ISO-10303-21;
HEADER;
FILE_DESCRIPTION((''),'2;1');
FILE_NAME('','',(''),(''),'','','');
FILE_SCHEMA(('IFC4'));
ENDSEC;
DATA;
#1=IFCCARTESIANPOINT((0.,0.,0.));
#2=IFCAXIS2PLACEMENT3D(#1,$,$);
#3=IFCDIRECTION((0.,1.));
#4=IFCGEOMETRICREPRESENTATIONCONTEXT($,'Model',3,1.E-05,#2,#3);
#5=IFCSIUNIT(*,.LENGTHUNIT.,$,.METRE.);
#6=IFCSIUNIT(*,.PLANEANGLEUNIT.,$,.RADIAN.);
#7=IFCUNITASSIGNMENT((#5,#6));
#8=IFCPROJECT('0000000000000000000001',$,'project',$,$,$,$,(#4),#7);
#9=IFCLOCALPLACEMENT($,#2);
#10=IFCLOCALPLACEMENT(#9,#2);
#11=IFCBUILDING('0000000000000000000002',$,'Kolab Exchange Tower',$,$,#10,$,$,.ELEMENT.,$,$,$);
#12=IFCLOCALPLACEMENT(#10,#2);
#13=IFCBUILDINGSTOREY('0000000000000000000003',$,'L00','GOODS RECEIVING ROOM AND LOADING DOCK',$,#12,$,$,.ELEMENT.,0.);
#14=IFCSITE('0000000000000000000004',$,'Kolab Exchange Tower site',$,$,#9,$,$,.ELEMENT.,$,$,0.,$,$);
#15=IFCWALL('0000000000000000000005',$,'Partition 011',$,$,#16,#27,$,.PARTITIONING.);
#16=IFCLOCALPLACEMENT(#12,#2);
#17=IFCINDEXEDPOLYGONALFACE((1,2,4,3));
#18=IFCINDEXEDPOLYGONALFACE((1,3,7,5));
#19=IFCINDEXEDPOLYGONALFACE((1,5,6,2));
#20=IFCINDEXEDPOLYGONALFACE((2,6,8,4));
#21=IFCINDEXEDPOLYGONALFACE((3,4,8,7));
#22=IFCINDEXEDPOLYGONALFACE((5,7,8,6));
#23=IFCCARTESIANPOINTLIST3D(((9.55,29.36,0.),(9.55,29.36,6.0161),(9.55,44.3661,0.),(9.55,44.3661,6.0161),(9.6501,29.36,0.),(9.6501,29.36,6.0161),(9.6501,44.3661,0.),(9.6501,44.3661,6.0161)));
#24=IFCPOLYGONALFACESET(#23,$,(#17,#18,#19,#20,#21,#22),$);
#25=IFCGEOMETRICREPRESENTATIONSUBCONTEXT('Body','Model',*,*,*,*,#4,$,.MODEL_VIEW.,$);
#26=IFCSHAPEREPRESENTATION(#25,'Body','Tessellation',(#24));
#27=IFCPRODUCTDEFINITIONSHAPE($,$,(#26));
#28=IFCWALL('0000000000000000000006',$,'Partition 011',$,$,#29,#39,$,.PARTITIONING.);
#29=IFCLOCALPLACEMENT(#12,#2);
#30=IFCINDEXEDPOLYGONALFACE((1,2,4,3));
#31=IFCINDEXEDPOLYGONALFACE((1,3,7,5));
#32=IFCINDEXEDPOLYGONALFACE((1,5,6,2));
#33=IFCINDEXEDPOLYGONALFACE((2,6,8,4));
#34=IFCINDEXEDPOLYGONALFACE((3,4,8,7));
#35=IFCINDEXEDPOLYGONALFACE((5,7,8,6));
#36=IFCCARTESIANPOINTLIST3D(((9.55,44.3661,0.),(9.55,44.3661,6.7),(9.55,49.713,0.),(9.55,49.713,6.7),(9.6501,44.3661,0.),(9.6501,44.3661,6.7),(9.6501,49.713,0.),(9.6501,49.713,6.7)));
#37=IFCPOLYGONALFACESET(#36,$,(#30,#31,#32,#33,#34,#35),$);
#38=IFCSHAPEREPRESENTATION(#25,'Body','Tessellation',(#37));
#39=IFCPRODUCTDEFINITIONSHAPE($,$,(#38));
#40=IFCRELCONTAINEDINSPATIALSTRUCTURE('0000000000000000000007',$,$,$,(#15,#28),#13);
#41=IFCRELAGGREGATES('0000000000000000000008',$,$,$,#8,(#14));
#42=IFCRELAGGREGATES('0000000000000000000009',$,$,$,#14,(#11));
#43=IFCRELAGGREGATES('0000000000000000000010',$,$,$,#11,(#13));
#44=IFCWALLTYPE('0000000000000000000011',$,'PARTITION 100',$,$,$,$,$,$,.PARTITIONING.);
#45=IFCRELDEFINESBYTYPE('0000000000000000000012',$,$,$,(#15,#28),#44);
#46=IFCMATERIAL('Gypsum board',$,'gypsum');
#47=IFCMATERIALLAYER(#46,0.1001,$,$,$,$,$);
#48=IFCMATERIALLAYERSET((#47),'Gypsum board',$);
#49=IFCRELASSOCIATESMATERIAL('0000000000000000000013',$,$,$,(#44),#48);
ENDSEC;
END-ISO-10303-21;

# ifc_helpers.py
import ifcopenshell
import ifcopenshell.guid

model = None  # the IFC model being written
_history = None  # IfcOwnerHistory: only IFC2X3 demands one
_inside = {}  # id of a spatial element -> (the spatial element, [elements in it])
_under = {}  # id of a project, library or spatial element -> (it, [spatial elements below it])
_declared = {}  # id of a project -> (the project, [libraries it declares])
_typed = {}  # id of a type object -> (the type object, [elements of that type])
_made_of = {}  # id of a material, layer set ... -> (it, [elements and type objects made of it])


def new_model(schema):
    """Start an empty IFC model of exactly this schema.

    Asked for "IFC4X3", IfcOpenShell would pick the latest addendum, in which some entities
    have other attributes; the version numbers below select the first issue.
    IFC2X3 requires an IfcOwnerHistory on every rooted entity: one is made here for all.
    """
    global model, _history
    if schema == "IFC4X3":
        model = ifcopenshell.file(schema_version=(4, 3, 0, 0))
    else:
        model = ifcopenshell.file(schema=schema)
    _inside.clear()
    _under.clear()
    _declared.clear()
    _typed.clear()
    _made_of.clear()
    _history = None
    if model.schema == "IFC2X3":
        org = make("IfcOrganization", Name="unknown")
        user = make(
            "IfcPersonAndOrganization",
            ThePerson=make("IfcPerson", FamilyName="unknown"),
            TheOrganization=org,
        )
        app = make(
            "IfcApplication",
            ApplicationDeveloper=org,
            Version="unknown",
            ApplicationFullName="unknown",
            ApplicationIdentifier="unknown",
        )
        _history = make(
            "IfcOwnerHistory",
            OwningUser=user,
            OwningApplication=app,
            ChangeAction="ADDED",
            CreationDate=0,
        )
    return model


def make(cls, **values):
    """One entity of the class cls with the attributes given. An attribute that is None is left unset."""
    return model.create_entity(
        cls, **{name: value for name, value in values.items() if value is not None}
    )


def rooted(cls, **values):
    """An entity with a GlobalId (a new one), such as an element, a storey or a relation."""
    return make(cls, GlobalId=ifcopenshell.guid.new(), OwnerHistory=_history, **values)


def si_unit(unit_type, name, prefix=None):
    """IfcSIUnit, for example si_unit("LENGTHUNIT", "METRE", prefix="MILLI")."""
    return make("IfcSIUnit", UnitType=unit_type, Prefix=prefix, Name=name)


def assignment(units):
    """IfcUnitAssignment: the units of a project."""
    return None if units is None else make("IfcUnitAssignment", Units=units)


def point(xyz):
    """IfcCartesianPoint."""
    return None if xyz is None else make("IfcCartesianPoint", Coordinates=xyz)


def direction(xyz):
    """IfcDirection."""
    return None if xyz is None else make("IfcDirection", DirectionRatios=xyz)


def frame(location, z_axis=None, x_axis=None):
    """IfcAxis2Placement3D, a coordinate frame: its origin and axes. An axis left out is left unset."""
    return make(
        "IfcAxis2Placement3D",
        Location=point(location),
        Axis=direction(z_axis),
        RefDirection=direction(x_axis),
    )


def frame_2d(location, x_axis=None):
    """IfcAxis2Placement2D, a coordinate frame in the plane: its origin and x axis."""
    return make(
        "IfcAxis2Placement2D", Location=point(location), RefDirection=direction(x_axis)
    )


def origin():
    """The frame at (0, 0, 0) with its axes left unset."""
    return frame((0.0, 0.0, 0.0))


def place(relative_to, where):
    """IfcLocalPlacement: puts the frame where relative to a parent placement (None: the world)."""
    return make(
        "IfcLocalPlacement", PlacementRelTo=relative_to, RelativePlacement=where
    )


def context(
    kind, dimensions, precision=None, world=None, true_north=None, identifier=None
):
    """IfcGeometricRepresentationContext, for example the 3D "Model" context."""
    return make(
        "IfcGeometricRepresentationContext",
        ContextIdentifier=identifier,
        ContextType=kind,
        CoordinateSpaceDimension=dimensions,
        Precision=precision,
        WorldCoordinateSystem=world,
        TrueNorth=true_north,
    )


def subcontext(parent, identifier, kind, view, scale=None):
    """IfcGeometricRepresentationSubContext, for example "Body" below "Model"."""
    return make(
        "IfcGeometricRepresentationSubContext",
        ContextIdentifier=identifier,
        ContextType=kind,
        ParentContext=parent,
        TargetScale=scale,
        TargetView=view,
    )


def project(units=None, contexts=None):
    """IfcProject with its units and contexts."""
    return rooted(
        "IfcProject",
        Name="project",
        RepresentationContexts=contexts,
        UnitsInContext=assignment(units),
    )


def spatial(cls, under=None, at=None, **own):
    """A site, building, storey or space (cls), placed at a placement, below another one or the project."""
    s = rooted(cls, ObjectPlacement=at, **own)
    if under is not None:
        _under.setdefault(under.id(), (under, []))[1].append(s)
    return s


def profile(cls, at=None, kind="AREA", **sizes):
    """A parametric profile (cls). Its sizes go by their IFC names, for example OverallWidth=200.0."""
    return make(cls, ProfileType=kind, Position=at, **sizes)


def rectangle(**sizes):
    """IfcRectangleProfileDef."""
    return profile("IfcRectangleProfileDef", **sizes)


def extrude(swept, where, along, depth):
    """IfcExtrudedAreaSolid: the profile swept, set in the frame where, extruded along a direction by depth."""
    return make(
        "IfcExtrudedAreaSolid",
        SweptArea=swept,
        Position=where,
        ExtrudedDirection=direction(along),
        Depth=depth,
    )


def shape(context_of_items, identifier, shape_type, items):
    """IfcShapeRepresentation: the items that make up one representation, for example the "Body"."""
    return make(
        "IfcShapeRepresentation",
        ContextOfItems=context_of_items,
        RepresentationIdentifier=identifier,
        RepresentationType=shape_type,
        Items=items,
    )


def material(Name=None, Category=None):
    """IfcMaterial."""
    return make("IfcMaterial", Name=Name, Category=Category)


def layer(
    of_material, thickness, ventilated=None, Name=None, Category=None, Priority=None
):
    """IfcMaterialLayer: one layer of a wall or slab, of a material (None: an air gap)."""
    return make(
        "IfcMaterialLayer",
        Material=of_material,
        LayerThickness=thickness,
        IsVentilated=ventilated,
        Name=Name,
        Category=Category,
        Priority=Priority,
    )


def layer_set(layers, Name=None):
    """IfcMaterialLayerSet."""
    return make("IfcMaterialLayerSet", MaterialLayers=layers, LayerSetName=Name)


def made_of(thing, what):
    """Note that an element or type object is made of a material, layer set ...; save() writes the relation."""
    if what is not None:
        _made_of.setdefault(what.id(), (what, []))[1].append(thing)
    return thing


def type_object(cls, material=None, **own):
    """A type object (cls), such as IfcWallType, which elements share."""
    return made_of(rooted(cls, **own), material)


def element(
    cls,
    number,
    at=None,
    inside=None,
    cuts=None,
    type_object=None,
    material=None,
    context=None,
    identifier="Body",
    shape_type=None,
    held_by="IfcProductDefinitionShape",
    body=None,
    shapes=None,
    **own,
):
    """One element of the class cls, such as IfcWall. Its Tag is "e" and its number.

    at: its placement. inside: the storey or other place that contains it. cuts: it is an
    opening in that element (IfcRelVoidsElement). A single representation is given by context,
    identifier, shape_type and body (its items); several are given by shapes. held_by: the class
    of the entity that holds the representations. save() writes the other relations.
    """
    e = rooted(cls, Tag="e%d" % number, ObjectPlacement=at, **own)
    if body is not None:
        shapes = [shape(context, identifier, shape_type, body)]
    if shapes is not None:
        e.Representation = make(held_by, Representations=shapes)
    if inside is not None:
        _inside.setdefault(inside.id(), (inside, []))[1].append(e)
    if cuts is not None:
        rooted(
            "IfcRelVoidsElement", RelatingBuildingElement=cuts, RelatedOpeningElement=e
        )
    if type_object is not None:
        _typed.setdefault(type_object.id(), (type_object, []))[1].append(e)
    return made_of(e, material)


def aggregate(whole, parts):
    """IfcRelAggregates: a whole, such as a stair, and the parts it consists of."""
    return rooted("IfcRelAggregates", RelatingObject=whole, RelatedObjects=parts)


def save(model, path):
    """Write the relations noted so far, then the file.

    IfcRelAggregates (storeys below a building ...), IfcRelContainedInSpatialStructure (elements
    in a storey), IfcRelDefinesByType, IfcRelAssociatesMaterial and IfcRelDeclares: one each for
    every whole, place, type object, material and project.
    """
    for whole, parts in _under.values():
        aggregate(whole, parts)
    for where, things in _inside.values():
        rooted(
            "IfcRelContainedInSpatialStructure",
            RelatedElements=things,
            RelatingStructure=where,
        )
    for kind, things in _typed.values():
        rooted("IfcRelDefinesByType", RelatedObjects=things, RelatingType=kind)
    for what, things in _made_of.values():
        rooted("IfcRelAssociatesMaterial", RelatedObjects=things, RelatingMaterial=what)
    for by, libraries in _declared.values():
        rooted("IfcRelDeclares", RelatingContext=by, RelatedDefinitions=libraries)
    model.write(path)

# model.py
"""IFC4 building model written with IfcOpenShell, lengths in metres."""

from ifc_helpers import new_model, si_unit, direction, frame, frame_2d, origin, place, context, subcontext, project, spatial, rectangle, extrude, material, layer, layer_set, type_object, element, save


model = new_model("IFC4")

# Units and contexts
model_context = context("Model", 3, precision=1e-05, world=origin(), true_north=direction((0.0, 1.0)))
body_context = subcontext(model_context, "Body", "Model", "MODEL_VIEW")
ifc_project = project(units=[si_unit("LENGTHUNIT", "METRE"), si_unit("PLANEANGLEUNIT", "RADIAN")], contexts=[model_context])

# Site, building, storey
site_placement = place(None, origin())
site = spatial("IfcSite", under=ifc_project, at=site_placement, Name="Kolab Exchange Tower site", CompositionType="ELEMENT", RefElevation=0.0)
building_placement = place(site_placement, origin())
building = spatial("IfcBuilding", under=site, at=building_placement, Name="Kolab Exchange Tower", CompositionType="ELEMENT")
storey_placement = place(building_placement, origin())
storey = spatial("IfcBuildingStorey", under=building, at=storey_placement, Name="L00", Description="GOODS RECEIVING ROOM AND LOADING DOCK", CompositionType="ELEMENT", Elevation=0.0)

# Walls
ifc_material_1 = material(Name="Gypsum board", Category="gypsum")
ifc_layer = layer(ifc_material_1, 0.1001)
ifc_layer_set = layer_set([ifc_layer], Name="Gypsum board")
wall_type = type_object("IfcWallType", Name="PARTITION 100", PredefinedType="PARTITIONING", material=ifc_layer_set)
wall_1_placement = place(storey_placement, frame((9.6001, 29.3601, 0.0), z_axis=(0.0, 0.0, 1.0), x_axis=(0.0, 1.0, 0.0)))
element("IfcWall", 1, at=wall_1_placement, inside=storey, type_object=wall_type, Name="Partition 011", PredefinedType="PARTITIONING", context=body_context, shape_type="SweptSolid", body=[
    extrude(rectangle(XDim=15.0061, YDim=0.1001, at=frame_2d((7.5029, 0.0))), origin(), (0.0, 0.0, 1.0), 6.0161),
])
wall_2_placement = place(storey_placement, frame((9.6001, 44.3662, 0.0), z_axis=(0.0, 0.0, 1.0), x_axis=(0.0, 1.0, 0.0)))
element("IfcWall", 2, at=wall_2_placement, inside=storey, type_object=wall_type, Name="Partition 011", PredefinedType="PARTITIONING", context=body_context, shape_type="SweptSolid", body=[
    extrude(rectangle(XDim=5.3469, YDim=0.1001, at=frame_2d((2.6733, 0.0))), origin(), (0.0, 0.0, 1.0), 6.7),
])

save(model, "model.ifc")
